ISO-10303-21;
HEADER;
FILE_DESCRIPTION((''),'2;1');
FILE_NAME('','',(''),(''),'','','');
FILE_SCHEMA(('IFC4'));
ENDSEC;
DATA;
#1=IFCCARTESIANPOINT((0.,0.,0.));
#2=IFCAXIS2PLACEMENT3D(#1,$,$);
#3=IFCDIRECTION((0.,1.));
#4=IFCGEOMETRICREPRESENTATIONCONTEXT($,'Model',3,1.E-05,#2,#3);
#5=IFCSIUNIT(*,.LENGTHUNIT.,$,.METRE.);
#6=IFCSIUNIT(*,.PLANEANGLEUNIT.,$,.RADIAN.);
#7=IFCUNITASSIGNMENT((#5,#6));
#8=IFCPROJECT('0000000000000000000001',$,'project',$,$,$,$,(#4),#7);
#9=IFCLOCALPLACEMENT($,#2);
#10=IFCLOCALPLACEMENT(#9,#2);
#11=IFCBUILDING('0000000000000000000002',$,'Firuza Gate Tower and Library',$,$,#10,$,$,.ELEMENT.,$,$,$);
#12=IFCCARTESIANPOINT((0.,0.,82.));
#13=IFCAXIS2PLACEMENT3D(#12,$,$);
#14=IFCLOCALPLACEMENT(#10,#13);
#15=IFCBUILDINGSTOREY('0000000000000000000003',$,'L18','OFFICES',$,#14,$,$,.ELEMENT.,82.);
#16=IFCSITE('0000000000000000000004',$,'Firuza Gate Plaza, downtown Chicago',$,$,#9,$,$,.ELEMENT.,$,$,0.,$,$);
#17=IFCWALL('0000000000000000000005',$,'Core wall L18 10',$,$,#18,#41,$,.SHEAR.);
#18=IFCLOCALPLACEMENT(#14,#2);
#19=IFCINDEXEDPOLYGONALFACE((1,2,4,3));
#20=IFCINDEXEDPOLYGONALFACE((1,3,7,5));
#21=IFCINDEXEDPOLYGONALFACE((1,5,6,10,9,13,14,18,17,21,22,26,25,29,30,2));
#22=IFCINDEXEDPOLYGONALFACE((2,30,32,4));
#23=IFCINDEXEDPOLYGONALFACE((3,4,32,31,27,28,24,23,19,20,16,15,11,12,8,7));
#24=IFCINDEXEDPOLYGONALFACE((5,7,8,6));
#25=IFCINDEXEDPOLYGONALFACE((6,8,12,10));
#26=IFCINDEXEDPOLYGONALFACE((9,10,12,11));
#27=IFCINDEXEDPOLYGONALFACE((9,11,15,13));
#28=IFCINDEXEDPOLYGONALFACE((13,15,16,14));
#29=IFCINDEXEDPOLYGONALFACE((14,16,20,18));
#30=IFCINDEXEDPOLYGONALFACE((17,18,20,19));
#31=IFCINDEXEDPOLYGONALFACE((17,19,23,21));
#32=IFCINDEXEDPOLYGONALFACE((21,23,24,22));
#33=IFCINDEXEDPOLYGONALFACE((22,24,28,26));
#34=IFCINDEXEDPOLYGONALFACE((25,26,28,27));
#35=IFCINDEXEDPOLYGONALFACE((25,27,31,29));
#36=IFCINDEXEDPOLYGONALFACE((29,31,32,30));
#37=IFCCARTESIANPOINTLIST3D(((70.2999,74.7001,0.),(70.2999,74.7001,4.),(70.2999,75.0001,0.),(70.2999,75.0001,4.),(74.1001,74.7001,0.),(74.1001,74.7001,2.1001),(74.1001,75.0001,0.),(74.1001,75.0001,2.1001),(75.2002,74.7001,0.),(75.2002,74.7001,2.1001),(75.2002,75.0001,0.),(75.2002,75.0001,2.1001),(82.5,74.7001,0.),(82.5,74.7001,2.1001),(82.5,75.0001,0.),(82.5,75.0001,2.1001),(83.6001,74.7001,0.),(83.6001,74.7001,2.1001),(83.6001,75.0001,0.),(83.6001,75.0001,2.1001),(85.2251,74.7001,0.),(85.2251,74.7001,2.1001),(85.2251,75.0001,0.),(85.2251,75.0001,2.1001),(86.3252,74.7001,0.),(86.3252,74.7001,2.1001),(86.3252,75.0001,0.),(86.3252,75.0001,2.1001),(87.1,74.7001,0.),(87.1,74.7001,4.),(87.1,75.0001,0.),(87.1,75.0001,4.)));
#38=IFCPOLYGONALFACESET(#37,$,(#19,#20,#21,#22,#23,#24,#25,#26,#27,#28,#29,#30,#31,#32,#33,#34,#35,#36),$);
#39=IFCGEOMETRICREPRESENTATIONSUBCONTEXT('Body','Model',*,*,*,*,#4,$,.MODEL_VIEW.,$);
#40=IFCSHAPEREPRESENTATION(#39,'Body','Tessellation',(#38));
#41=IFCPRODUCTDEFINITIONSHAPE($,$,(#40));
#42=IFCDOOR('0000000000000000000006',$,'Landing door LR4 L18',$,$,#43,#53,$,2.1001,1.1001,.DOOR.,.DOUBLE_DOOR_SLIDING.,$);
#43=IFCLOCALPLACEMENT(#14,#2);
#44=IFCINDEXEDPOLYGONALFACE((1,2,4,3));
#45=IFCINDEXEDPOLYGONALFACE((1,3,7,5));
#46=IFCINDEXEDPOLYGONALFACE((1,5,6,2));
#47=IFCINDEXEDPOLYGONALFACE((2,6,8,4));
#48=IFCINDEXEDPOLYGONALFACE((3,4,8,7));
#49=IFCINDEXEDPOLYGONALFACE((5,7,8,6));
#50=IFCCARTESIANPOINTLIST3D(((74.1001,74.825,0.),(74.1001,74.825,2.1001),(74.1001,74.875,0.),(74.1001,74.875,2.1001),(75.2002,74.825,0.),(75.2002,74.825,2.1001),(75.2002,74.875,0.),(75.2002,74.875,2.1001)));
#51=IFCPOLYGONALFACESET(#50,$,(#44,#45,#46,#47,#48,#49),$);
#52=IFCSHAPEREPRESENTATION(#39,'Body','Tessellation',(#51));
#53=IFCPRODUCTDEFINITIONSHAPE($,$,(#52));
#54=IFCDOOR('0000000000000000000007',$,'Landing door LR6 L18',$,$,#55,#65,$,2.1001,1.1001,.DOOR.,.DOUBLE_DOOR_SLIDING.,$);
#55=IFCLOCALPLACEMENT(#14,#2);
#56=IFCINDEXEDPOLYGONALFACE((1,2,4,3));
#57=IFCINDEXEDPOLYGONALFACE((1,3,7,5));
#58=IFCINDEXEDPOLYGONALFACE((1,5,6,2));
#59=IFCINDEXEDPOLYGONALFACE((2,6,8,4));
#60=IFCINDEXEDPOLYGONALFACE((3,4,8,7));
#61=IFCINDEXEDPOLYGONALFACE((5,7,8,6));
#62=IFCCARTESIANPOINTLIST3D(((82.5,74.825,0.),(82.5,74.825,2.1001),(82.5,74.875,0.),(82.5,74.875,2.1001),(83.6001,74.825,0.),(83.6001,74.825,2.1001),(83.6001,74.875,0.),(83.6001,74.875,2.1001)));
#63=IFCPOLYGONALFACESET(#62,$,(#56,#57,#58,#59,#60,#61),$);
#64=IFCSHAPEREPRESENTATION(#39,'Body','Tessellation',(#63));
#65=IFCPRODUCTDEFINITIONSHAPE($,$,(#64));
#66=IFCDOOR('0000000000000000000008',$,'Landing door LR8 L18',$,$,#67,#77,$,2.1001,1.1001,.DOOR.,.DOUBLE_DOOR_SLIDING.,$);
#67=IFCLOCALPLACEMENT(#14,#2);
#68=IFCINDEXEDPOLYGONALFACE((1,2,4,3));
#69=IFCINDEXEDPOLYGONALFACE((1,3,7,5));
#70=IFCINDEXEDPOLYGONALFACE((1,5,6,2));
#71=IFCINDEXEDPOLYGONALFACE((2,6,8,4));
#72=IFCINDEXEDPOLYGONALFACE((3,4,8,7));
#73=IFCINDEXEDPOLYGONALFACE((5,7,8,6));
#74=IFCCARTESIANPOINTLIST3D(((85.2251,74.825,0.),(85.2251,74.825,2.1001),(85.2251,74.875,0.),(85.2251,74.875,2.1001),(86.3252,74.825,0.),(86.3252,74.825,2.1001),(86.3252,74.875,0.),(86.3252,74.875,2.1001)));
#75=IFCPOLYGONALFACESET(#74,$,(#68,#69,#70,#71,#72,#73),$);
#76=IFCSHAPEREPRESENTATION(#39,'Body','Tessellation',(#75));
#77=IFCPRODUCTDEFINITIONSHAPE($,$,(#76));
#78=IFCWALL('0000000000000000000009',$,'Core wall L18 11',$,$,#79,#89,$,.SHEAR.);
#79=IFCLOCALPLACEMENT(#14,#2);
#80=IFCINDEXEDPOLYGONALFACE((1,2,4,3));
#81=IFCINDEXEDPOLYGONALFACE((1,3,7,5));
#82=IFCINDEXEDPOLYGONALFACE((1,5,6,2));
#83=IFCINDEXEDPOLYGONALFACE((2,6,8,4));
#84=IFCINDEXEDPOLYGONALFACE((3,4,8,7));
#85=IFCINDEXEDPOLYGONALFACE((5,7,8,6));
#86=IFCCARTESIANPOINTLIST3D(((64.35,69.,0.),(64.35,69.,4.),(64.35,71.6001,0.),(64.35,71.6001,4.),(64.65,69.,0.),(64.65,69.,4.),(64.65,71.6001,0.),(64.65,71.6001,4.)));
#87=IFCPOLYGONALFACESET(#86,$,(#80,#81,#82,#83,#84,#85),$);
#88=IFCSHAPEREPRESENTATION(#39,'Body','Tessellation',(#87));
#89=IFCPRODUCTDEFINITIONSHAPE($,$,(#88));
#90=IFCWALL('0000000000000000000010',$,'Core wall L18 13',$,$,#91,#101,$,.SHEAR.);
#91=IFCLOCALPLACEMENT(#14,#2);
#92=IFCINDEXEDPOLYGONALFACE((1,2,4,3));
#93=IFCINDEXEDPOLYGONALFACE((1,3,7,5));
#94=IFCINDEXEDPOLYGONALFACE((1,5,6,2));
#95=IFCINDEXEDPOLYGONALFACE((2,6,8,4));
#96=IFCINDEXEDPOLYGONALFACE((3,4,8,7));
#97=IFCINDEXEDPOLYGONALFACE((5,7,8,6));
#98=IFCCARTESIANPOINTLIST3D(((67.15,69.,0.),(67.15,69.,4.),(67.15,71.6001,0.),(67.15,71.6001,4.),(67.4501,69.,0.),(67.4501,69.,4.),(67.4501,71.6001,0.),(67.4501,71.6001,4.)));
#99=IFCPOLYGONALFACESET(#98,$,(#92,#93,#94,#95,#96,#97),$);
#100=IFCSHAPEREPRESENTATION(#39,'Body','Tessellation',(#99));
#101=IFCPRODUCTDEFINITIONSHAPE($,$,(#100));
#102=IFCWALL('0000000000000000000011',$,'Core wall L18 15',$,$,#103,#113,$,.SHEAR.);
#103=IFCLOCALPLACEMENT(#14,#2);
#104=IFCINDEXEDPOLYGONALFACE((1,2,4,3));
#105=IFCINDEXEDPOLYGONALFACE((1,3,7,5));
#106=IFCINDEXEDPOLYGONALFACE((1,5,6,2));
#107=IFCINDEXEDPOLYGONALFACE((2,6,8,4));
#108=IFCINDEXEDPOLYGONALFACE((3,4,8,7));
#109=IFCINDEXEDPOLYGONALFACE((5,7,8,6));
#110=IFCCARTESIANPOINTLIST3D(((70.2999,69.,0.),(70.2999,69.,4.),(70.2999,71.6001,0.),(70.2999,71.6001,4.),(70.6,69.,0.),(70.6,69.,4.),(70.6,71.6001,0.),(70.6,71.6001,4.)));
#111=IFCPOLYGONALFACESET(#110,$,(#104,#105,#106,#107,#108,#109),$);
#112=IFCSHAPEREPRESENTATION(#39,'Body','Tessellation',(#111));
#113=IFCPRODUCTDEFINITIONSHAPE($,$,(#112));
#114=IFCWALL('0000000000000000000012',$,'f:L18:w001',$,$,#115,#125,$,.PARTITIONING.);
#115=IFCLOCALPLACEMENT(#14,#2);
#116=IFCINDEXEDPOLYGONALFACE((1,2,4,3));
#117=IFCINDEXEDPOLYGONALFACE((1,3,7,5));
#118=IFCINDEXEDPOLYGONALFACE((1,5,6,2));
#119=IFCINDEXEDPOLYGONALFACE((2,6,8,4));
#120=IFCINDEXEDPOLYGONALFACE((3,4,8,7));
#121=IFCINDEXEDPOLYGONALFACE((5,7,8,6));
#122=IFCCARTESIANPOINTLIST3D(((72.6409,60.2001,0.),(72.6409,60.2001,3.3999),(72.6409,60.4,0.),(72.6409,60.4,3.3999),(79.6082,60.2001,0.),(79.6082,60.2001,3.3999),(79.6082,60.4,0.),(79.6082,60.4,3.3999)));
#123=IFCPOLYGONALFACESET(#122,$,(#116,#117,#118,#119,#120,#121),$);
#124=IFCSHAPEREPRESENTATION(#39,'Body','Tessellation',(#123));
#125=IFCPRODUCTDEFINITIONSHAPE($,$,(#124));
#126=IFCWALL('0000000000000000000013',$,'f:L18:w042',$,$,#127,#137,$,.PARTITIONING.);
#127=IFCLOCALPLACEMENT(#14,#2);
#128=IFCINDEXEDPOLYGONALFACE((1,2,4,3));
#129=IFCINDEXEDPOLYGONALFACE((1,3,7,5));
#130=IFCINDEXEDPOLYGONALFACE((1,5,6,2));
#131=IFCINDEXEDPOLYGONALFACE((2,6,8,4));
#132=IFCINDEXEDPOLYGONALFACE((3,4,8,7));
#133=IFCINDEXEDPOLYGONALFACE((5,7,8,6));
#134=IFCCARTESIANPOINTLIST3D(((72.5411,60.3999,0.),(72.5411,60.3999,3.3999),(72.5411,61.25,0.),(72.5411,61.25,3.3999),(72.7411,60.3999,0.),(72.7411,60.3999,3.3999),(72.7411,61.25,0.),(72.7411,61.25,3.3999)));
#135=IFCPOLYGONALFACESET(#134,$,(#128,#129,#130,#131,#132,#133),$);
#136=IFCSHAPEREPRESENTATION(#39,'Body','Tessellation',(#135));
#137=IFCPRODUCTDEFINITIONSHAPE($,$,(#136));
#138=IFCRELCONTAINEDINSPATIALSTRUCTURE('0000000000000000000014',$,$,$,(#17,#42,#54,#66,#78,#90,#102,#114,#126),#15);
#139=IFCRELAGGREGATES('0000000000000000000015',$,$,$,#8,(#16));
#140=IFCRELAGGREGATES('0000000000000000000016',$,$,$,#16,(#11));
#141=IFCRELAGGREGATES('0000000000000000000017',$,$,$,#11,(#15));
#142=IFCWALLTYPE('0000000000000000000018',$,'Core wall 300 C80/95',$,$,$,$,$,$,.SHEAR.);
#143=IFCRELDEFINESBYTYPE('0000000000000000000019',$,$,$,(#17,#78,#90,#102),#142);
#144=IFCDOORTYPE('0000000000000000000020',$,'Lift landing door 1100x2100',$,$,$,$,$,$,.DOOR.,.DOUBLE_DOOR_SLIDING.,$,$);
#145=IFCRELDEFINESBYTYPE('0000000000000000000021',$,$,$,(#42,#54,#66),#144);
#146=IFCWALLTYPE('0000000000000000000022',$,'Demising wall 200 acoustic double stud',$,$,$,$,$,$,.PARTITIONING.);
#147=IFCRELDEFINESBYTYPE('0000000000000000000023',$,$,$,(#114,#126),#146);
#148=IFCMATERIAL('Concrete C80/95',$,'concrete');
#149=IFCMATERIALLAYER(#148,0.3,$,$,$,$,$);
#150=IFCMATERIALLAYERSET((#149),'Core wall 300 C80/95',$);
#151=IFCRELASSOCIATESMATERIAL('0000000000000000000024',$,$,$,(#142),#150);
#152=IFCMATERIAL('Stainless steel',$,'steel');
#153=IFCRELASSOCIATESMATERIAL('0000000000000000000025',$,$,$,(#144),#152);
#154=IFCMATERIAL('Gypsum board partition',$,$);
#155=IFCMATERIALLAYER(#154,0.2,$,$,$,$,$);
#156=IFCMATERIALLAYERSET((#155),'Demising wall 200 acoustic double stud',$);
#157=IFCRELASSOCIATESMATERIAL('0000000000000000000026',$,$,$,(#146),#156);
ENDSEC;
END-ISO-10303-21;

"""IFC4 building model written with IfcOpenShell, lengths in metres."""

from ifc_helpers import new_model, si_unit, direction, frame, frame_2d, origin, place, context, subcontext, project, spatial, rectangle, extrude, material, layer, layer_set, type_object, element, fill, save


model = new_model("IFC4")

# Units and contexts
model_context = context("Model", 3, precision=1e-05, world=origin(), true_north=direction((0.0, 1.0)))
body_context = subcontext(model_context, "Body", "Model", "MODEL_VIEW")
ifc_project = project(units=[si_unit("LENGTHUNIT", "METRE"), si_unit("PLANEANGLEUNIT", "RADIAN")], contexts=[model_context])

# Site, building, storey
site_placement = place(None, origin())
site = spatial("IfcSite", under=ifc_project, at=site_placement, Name="Firuza Gate Plaza, downtown Chicago", CompositionType="ELEMENT", RefElevation=0.0)
building_placement = place(site_placement, origin())
building = spatial("IfcBuilding", under=site, at=building_placement, Name="Firuza Gate Tower and Library", CompositionType="ELEMENT")
storey_placement = place(building_placement, frame((0.0, 0.0, 82.0)))
storey = spatial("IfcBuildingStorey", under=building, at=storey_placement, Name="L18", Description="OFFICES", CompositionType="ELEMENT", Elevation=82.0)

# Shared definitions
ifc_material_1 = material(Name="Concrete C80/95", Category="concrete")
ifc_layer_1 = layer(ifc_material_1, 0.3)
ifc_layer_set_1 = layer_set([ifc_layer_1], Name="Core wall 300 C80/95")
wall_type_1 = type_object("IfcWallType", Name="Core wall 300 C80/95", PredefinedType="SHEAR", material=ifc_layer_set_1)

# Shared definitions
ifc_material_2 = material(Name="Stainless steel", Category="steel")
door_type_1 = type_object("IfcDoorType", Name="Lift landing door 1100x2100", OperationType="DOUBLE_DOOR_SLIDING", PredefinedType="DOOR", material=ifc_material_2)

# Wall, openings, doors
wall_1_placement = place(storey_placement, frame((70.3, 74.8501, 0.0), z_axis=(0.0, 0.0, 1.0), x_axis=(1.0, 0.0, 0.0)))
wall_1 = element("IfcWall", 1, at=wall_1_placement, inside=storey, type_object=wall_type_1, Name="Core wall L18 10", PredefinedType="SHEAR", context=body_context, shape_type="SweptSolid", body=[
    extrude(rectangle(XDim=16.8, YDim=0.3, at=frame_2d((8.3999, 0.0))), origin(), (0.0, 0.0, 1.0), 4.0),
])
opening_1_placement = place(wall_1_placement, frame((3.8, 0.0, 0.0)))
opening_1 = element("IfcOpeningElement", 2, at=opening_1_placement, cuts=wall_1, PredefinedType="OPENING", context=body_context, shape_type="SweptSolid", body=[
    extrude(rectangle(XDim=1.1001, YDim=2.1001, at=frame_2d((0.55, 1.05))), frame((0.0, 0.1602, 0.0), z_axis=(0.0, -1.0, 0.0), x_axis=(1.0, 0.0, 0.0)), (0.0, 0.0, 1.0), 0.3201),
])
opening_2_placement = place(wall_1_placement, frame((12.2, 0.0, 0.0)))
opening_2 = element("IfcOpeningElement", 3, at=opening_2_placement, cuts=wall_1, PredefinedType="OPENING", context=body_context, shape_type="SweptSolid", body=[
    extrude(rectangle(XDim=1.1001, YDim=2.1001, at=frame_2d((0.55, 1.05))), frame((0.0, 0.1602, 0.0), z_axis=(0.0, -1.0, 0.0), x_axis=(1.0, 0.0, 0.0)), (0.0, 0.0, 1.0), 0.3201),
])
opening_3_placement = place(wall_1_placement, frame((14.925, 0.0, 0.0)))
opening_3 = element("IfcOpeningElement", 4, at=opening_3_placement, cuts=wall_1, PredefinedType="OPENING", context=body_context, shape_type="SweptSolid", body=[
    extrude(rectangle(XDim=1.1001, YDim=2.1001, at=frame_2d((0.55, 1.05))), frame((0.0, 0.1602, 0.0), z_axis=(0.0, -1.0, 0.0), x_axis=(1.0, 0.0, 0.0)), (0.0, 0.0, 1.0), 0.3201),
])
door_1_placement = place(opening_1_placement, origin())
door_1 = element("IfcDoor", 5, at=door_1_placement, inside=storey, type_object=door_type_1, Name="Landing door LR4 L18", OperationType="DOUBLE_DOOR_SLIDING", OverallHeight=2.1001, OverallWidth=1.1001, PredefinedType="DOOR", context=body_context, shape_type="SweptSolid", body=[
    extrude(rectangle(XDim=1.1001, YDim=2.1001, at=frame_2d((0.55, 1.05))), frame((0.0, 0.0249, 0.0), z_axis=(0.0, -1.0, 0.0), x_axis=(1.0, 0.0, 0.0)), (0.0, 0.0, 1.0), 0.05),
])
fill(opening_1, door_1)
door_2_placement = place(opening_2_placement, origin())
door_2 = element("IfcDoor", 6, at=door_2_placement, inside=storey, type_object=door_type_1, Name="Landing door LR6 L18", OperationType="DOUBLE_DOOR_SLIDING", OverallHeight=2.1001, OverallWidth=1.1001, PredefinedType="DOOR", context=body_context, shape_type="SweptSolid", body=[
    extrude(rectangle(XDim=1.1001, YDim=2.1001, at=frame_2d((0.55, 1.05))), frame((0.0, 0.0249, 0.0), z_axis=(0.0, -1.0, 0.0), x_axis=(1.0, 0.0, 0.0)), (0.0, 0.0, 1.0), 0.05),
])
fill(opening_2, door_2)
door_3_placement = place(opening_3_placement, origin())
door_3 = element("IfcDoor", 7, at=door_3_placement, inside=storey, type_object=door_type_1, Name="Landing door LR8 L18", OperationType="DOUBLE_DOOR_SLIDING", OverallHeight=2.1001, OverallWidth=1.1001, PredefinedType="DOOR", context=body_context, shape_type="SweptSolid", body=[
    extrude(rectangle(XDim=1.1001, YDim=2.1001, at=frame_2d((0.55, 1.05))), frame((0.0, 0.0249, 0.0), z_axis=(0.0, -1.0, 0.0), x_axis=(1.0, 0.0, 0.0)), (0.0, 0.0, 1.0), 0.05),
])
fill(opening_3, door_3)

# Walls
for number, where, z_axis, x_axis, name in (
    (8, (64.5, 69.0, 0.0), (0.0, 0.0, 1.0), (0.0, 1.0, 0.0), "Core wall L18 11"),
    (9, (67.3, 69.0, 0.0), (0.0, 0.0, 1.0), (0.0, 1.0, 0.0), "Core wall L18 13"),
    (10, (70.45, 69.0, 0.0), (0.0, 0.0, 1.0), (0.0, 1.0, 0.0), "Core wall L18 15"),
):
    element("IfcWall", number, at=place(storey_placement, frame(where, z_axis=z_axis, x_axis=x_axis)), inside=storey, type_object=wall_type_1, Name=name, PredefinedType="SHEAR", context=body_context, shape_type="SweptSolid", body=[
        extrude(rectangle(XDim=2.6001, YDim=0.3, at=frame_2d((1.3, 0.0))), origin(), (0.0, 0.0, 1.0), 4.0),
    ])
ifc_material_3 = material(Name="Gypsum board partition")
ifc_layer_2 = layer(ifc_material_3, 0.2)
ifc_layer_set_2 = layer_set([ifc_layer_2], Name="Demising wall 200 acoustic double stud")
wall_type_2 = type_object("IfcWallType", Name="Demising wall 200 acoustic double stud", PredefinedType="PARTITIONING", material=ifc_layer_set_2)
wall_2_placement = place(storey_placement, frame((72.6409, 60.3, 0.0), z_axis=(0.0, 0.0, 1.0), x_axis=(1.0, 0.0, 0.0)))
element("IfcWall", 11, at=wall_2_placement, inside=storey, type_object=wall_type_2, Name="f:L18:w001", PredefinedType="PARTITIONING", context=body_context, shape_type="SweptSolid", body=[
    extrude(rectangle(XDim=6.9673, YDim=0.2, at=frame_2d((3.4836, 0.0))), origin(), (0.0, 0.0, 1.0), 3.3999),
])
wall_3_placement = place(storey_placement, frame((72.6411, 60.3999, 0.0), z_axis=(0.0, 0.0, 1.0), x_axis=(0.0, 1.0, 0.0)))
element("IfcWall", 12, at=wall_3_placement, inside=storey, type_object=wall_type_2, Name="f:L18:w042", PredefinedType="PARTITIONING", context=body_context, shape_type="SweptSolid", body=[
    extrude(rectangle(XDim=0.8501, YDim=0.2, at=frame_2d((0.425, 0.0))), origin(), (0.0, 0.0, 1.0), 3.3999),
])

save(model, "model.ifc")
